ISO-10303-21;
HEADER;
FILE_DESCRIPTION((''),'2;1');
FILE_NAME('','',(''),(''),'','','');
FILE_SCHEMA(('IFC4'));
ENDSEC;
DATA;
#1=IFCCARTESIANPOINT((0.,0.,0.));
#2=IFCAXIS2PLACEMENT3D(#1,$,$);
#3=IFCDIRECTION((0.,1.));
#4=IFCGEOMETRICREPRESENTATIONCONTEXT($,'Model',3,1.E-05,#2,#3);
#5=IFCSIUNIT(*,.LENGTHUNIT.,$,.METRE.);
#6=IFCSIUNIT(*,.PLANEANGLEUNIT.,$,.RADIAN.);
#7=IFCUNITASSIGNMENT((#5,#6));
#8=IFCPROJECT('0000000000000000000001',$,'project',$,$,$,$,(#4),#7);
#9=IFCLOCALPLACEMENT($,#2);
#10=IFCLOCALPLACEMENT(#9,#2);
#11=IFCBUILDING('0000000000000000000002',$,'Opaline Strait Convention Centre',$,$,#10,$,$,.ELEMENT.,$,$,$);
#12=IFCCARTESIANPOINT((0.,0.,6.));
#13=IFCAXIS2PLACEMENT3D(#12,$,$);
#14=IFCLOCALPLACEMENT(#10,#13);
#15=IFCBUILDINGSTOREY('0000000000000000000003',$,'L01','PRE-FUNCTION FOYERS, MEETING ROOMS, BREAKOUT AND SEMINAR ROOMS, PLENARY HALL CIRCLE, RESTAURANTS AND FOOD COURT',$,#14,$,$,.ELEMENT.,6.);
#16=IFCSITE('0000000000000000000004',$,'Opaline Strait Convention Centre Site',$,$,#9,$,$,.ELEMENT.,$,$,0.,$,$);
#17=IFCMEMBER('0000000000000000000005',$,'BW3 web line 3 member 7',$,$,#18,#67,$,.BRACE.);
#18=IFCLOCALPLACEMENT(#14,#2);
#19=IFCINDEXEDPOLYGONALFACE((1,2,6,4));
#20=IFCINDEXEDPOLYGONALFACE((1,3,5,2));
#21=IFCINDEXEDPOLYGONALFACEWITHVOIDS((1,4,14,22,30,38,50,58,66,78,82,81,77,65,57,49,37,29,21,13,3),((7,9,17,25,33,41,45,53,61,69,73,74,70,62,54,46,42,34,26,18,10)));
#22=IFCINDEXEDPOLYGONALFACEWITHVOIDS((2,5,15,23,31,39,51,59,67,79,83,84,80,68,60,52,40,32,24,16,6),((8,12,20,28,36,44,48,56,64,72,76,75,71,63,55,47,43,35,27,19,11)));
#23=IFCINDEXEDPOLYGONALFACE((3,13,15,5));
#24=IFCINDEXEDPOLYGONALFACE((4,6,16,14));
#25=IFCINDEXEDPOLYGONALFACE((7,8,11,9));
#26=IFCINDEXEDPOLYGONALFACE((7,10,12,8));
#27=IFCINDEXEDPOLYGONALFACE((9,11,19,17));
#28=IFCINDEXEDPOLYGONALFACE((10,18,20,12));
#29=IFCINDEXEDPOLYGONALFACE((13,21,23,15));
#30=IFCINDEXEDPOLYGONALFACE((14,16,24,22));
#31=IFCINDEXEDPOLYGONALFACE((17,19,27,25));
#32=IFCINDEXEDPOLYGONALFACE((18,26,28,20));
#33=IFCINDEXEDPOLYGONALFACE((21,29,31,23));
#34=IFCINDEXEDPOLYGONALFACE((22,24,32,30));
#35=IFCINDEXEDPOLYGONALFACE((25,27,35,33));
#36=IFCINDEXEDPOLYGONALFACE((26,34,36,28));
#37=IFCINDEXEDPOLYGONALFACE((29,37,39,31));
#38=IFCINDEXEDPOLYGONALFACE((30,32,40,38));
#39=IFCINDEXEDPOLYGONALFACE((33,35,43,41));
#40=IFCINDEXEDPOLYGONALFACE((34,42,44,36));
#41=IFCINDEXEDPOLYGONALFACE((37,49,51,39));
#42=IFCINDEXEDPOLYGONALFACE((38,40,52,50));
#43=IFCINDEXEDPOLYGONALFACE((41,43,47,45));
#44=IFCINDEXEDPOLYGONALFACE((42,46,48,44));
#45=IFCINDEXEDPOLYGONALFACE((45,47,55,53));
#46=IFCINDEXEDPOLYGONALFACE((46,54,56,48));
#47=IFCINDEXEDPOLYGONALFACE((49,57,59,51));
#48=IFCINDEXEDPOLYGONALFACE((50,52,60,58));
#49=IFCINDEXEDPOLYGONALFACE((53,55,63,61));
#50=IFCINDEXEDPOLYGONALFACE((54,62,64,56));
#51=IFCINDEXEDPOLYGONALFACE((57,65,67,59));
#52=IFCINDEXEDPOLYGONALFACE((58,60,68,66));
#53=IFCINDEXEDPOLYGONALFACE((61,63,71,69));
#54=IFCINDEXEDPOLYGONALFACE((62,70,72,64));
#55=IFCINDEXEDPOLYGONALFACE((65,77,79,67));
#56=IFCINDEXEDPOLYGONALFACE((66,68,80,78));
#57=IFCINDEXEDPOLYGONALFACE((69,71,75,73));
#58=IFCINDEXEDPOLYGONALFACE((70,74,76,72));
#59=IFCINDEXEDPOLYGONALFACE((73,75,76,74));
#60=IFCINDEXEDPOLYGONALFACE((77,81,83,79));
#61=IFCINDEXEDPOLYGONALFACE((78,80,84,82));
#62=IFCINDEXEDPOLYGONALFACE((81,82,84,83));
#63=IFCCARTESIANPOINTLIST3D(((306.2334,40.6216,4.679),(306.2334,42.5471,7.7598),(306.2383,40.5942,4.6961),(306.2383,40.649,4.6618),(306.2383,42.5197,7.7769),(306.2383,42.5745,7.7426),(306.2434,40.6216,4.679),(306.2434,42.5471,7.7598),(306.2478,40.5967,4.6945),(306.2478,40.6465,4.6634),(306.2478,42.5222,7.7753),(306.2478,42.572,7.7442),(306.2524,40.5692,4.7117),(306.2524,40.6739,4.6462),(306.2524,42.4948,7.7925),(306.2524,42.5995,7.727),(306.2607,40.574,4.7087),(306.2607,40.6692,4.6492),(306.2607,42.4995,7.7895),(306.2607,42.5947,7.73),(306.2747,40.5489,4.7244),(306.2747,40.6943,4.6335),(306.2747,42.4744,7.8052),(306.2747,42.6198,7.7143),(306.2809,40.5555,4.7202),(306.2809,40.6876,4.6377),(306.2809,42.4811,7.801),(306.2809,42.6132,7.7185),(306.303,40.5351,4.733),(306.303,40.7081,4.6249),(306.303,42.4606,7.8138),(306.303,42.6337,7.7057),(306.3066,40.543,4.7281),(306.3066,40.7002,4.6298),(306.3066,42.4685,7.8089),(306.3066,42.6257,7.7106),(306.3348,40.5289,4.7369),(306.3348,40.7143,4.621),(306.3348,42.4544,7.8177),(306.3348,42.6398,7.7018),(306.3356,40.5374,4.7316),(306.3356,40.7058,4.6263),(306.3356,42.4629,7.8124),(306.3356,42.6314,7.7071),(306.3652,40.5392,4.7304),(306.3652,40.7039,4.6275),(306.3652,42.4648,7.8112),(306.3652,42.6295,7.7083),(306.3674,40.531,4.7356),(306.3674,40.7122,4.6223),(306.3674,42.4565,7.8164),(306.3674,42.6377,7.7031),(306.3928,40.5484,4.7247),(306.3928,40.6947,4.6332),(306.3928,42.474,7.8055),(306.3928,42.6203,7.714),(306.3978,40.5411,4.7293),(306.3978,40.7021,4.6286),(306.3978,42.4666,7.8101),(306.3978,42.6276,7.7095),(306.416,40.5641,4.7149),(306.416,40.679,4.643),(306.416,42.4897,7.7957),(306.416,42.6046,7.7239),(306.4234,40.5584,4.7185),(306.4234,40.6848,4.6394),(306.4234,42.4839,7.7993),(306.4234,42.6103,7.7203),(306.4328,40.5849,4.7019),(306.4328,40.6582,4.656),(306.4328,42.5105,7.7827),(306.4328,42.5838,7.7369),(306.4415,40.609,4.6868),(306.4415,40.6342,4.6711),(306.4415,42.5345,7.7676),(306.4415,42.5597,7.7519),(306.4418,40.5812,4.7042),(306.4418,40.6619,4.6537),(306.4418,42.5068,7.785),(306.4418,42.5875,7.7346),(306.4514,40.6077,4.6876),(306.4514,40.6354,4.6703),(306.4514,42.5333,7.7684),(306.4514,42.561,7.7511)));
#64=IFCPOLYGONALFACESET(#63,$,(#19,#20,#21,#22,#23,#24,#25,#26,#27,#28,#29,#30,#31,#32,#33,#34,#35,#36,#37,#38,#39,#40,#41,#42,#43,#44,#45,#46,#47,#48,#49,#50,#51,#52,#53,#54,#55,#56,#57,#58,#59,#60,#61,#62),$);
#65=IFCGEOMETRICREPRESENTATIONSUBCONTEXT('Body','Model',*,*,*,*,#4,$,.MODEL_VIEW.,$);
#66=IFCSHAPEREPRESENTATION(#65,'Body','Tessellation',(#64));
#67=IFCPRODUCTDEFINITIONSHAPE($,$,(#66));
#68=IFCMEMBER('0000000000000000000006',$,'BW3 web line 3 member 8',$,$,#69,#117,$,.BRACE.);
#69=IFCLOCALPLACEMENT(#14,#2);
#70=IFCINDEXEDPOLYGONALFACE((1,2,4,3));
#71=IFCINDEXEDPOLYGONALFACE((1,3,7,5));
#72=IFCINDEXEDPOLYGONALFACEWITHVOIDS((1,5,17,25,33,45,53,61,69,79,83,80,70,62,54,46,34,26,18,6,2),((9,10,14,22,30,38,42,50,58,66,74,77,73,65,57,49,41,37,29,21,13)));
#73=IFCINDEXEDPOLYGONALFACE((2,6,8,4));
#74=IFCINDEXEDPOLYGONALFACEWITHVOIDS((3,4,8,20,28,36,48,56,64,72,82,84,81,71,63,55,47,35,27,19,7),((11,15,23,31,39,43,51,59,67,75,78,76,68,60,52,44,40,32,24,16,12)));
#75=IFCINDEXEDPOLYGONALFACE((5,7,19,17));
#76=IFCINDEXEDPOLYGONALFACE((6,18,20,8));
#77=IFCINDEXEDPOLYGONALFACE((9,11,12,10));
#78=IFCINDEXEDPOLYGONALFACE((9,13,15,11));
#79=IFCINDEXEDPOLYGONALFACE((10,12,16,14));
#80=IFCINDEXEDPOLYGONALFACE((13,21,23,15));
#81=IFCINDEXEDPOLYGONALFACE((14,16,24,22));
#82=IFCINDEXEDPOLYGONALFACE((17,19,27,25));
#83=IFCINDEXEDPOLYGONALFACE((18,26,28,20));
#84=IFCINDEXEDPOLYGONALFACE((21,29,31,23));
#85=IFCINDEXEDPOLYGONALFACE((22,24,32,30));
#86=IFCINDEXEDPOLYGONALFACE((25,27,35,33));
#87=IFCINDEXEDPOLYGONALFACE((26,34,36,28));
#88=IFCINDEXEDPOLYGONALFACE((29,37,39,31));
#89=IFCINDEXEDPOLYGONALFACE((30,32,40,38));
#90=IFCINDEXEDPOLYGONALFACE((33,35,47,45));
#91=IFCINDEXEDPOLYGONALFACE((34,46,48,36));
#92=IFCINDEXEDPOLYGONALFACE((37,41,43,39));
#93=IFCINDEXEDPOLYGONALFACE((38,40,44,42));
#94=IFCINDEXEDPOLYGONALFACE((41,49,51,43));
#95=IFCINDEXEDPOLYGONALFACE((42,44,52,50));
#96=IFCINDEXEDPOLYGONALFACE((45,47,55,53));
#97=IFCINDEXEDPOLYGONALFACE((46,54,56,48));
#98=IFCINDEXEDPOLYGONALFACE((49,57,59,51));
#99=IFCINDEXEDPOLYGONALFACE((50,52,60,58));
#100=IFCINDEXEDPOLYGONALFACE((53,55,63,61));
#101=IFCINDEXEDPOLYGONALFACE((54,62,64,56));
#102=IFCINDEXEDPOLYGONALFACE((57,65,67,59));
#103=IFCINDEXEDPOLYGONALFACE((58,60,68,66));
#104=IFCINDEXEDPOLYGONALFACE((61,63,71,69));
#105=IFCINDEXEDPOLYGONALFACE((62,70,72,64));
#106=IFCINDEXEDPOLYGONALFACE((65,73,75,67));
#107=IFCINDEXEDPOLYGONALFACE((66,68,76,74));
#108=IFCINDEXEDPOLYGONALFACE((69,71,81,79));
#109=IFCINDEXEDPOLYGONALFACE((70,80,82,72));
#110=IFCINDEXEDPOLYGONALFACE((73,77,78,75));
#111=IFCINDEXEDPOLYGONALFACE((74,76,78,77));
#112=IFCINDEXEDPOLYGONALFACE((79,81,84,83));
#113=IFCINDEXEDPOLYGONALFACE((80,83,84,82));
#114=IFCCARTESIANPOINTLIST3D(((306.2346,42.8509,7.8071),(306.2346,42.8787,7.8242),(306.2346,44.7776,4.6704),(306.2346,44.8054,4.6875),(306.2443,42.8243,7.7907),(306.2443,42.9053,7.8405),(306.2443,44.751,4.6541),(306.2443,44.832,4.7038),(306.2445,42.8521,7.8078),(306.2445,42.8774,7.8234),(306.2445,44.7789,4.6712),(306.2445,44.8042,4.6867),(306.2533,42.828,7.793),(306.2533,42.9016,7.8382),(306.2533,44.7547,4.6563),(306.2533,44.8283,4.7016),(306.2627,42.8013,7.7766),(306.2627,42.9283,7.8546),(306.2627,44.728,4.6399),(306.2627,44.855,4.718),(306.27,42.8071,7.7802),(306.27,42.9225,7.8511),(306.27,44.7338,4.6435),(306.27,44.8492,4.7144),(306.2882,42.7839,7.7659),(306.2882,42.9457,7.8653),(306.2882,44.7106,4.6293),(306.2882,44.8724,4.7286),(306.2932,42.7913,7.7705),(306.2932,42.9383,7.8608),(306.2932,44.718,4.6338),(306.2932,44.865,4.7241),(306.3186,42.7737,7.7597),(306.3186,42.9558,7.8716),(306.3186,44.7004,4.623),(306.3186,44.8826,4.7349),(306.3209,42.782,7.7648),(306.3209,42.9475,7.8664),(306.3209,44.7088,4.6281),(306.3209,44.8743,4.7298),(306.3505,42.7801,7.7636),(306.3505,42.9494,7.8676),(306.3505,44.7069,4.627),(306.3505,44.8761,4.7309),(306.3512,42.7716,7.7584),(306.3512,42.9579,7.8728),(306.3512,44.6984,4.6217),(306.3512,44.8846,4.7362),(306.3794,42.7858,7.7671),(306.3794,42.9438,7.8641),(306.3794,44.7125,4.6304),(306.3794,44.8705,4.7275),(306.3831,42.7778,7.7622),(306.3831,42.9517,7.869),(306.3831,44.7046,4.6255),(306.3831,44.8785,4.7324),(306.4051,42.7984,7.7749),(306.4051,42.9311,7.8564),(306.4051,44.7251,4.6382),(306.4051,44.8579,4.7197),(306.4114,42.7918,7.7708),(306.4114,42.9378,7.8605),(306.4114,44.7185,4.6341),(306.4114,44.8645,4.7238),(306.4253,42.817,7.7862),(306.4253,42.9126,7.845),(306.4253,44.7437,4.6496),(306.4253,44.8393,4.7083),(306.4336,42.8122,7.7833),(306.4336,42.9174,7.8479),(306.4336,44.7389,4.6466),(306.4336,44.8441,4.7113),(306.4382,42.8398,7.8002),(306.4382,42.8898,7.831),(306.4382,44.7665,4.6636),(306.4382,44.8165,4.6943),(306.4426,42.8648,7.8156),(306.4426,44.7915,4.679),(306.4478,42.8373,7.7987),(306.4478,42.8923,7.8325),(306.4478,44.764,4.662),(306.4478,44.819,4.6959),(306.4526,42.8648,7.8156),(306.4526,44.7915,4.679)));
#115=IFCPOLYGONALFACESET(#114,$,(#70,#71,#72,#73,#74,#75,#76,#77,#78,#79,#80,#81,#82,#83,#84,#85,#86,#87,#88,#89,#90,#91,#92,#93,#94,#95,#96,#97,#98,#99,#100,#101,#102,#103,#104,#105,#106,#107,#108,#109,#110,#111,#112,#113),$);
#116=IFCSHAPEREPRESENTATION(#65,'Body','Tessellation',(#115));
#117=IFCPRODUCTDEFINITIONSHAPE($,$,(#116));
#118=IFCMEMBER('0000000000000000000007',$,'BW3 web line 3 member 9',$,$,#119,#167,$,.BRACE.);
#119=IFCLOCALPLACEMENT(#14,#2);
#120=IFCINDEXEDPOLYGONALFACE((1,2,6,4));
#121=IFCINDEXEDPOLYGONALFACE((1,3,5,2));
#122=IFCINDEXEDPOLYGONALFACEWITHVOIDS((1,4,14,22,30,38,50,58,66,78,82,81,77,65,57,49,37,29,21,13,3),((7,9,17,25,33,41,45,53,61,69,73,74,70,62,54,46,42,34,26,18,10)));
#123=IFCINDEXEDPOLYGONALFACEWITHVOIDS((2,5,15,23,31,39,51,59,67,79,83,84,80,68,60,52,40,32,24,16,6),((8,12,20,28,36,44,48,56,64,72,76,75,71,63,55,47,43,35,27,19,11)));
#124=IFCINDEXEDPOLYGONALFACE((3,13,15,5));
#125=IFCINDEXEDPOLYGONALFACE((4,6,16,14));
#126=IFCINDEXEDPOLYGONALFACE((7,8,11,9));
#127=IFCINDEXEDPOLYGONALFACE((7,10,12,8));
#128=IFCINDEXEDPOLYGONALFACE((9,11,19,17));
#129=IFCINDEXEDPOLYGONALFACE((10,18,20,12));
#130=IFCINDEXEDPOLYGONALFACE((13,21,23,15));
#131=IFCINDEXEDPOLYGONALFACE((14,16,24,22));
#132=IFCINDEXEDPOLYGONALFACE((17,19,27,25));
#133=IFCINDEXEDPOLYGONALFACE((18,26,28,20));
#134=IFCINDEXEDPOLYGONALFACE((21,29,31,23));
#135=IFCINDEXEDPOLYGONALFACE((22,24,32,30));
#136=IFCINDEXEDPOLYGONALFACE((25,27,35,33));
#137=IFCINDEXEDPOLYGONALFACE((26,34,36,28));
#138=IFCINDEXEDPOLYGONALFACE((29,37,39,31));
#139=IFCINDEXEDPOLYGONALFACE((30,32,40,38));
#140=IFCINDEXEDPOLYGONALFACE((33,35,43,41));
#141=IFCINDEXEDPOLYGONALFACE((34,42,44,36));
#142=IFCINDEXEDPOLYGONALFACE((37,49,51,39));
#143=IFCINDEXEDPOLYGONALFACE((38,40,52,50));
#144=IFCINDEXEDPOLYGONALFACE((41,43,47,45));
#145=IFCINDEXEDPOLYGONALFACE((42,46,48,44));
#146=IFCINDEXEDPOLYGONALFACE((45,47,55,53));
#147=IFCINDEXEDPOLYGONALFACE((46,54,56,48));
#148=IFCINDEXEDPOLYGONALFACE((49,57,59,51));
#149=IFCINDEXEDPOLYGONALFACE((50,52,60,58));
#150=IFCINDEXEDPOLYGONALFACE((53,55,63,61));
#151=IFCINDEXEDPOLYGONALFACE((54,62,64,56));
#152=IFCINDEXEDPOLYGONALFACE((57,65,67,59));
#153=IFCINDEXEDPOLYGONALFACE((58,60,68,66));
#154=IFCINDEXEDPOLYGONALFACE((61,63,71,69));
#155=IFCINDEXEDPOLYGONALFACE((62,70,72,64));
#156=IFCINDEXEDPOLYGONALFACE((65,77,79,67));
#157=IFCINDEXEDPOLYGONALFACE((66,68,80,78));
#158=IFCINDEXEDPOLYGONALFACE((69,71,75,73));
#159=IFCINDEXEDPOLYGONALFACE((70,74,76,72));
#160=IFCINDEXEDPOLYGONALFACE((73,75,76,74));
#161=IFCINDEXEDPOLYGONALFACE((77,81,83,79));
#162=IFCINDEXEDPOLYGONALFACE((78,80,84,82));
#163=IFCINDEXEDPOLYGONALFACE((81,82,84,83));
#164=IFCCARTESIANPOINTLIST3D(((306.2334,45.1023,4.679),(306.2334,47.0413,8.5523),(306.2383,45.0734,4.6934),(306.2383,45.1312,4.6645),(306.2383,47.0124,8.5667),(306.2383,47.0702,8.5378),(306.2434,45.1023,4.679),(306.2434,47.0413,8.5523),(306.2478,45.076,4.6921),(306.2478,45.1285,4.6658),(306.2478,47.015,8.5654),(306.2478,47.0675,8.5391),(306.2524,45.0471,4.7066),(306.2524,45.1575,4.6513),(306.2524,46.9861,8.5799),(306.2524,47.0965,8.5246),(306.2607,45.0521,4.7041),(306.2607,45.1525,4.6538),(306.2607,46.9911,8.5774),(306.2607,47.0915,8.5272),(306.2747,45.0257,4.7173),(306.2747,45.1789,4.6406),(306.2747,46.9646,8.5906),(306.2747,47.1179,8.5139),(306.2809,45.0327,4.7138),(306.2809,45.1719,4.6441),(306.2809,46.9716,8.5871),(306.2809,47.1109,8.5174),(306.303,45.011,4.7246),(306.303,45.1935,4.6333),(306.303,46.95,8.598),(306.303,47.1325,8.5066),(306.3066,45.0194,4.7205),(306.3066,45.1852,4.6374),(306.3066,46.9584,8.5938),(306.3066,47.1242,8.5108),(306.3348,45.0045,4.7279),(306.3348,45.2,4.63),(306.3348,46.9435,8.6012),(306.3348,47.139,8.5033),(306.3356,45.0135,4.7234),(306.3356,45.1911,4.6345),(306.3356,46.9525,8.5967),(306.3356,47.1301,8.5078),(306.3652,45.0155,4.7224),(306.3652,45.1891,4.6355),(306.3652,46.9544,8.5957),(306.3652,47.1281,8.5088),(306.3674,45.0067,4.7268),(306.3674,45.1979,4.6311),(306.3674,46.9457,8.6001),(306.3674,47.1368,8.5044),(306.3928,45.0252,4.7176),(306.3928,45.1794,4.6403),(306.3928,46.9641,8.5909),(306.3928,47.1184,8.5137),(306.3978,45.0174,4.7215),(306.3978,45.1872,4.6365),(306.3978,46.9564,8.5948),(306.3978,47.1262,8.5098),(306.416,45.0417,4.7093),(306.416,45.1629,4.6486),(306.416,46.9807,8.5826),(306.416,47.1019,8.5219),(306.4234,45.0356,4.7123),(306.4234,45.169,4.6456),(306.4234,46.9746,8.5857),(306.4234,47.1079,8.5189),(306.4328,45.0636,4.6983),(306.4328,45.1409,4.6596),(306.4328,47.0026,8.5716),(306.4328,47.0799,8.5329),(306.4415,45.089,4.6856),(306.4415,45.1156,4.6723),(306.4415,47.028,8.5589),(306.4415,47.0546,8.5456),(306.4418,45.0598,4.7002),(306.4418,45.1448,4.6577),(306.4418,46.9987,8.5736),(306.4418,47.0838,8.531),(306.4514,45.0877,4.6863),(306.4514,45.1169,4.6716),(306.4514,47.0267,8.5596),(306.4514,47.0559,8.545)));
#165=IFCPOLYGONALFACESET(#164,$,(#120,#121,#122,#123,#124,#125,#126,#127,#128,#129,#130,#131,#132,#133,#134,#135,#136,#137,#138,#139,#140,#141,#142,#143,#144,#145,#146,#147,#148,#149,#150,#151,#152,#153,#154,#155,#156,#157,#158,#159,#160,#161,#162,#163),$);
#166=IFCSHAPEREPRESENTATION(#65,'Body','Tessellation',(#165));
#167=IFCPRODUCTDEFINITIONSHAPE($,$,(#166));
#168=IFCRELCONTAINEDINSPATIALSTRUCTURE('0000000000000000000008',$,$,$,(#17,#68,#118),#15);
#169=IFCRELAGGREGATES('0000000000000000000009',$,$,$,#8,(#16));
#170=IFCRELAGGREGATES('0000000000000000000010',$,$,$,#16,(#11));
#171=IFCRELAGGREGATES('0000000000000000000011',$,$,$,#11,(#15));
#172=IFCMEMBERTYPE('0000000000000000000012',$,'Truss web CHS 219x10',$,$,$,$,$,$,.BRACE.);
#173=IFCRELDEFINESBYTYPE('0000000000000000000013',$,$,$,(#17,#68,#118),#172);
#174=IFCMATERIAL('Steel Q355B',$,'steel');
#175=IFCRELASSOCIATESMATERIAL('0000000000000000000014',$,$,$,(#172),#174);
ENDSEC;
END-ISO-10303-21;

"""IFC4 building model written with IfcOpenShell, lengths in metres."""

from ifc_helpers import new_model, si_unit, direction, frame, origin, origin_2d, place, context, subcontext, project, spatial, hollow_circle, extrude, material, material_profile, profile_set, type_object, element, save


model = new_model("IFC4")

# Units and contexts
model_context = context("Model", 3, precision=1e-05, world=origin(), true_north=direction((0.0, 1.0)))
body_context = subcontext(model_context, "Body", "Model", "MODEL_VIEW")
ifc_project = project(units=[si_unit("LENGTHUNIT", "METRE"), si_unit("PLANEANGLEUNIT", "RADIAN")], contexts=[model_context])

# Site, building, storey
site_placement = place(None, origin())
site = spatial("IfcSite", under=ifc_project, at=site_placement, Name="Opaline Strait Convention Centre Site", CompositionType="ELEMENT", RefElevation=0.0)
building_placement = place(site_placement, origin())
building = spatial("IfcBuilding", under=site, at=building_placement, Name="Opaline Strait Convention Centre", CompositionType="ELEMENT")
storey_placement = place(building_placement, frame((0.0, 0.0, 6.0)))
storey = spatial("IfcBuildingStorey", under=building, at=storey_placement, Name="L01", Description="PRE-FUNCTION FOYERS, MEETING ROOMS, BREAKOUT AND SEMINAR ROOMS, PLENARY HALL CIRCLE, RESTAURANTS AND FOOD COURT", CompositionType="ELEMENT", Elevation=6.0)

# Members
ifc_material_1 = material(Name="Steel Q355B", Category="steel")
ifc_material_profile_1 = material_profile(ifc_material_1, hollow_circle(Radius=0.1096, WallThickness=0.01, at=origin_2d()), Name="CHS 219x10")
ifc_profile_set_1 = profile_set([ifc_material_profile_1], Name="Steel Q355B")
member_type_1 = type_object("IfcMemberType", Name="Truss web CHS 219x10", PredefinedType="BRACE", material=ifc_profile_set_1)
member_1_placement = place(storey_placement, frame((306.343, 40.6216, 4.679), z_axis=(0.0, 0.530005, 0.847995), x_axis=(-1.0, 0.0, 0.0)))
element("IfcMember", 1, at=member_1_placement, inside=storey, type_object=member_type_1, Name="BW3 web line 3 member 7", PredefinedType="BRACE", context=body_context, shape_type="SweptSolid", body=[
    extrude(hollow_circle(Radius=0.1096, WallThickness=0.01, at=origin_2d()), origin(), (0.0, 0.0, 1.0), 3.6331),
])
member_2_placement = place(storey_placement, frame((306.343, 44.7915, 4.679), z_axis=(0.0, -0.523402, 0.852086), x_axis=(1.0, 0.0, 0.0)))
element("IfcMember", 2, at=member_2_placement, inside=storey, type_object=member_type_1, Name="BW3 web line 3 member 8", PredefinedType="BRACE", context=body_context, shape_type="SweptSolid", body=[
    extrude(hollow_circle(Radius=0.1096, WallThickness=0.01, at=origin_2d()), origin(), (0.0, 0.0, 1.0), 3.6812),
])
member_3_placement = place(storey_placement, frame((306.343, 45.1023, 4.679), z_axis=(0.0, 0.447642, 0.894213), x_axis=(-1.0, 0.0, 0.0)))
element("IfcMember", 3, at=member_3_placement, inside=storey, type_object=member_type_1, Name="BW3 web line 3 member 9", PredefinedType="BRACE", context=body_context, shape_type="SweptSolid", body=[
    extrude(hollow_circle(Radius=0.1096, WallThickness=0.01, at=origin_2d()), origin(), (0.0, 0.0, 1.0), 4.3315),
])

save(model, "model.ifc")
